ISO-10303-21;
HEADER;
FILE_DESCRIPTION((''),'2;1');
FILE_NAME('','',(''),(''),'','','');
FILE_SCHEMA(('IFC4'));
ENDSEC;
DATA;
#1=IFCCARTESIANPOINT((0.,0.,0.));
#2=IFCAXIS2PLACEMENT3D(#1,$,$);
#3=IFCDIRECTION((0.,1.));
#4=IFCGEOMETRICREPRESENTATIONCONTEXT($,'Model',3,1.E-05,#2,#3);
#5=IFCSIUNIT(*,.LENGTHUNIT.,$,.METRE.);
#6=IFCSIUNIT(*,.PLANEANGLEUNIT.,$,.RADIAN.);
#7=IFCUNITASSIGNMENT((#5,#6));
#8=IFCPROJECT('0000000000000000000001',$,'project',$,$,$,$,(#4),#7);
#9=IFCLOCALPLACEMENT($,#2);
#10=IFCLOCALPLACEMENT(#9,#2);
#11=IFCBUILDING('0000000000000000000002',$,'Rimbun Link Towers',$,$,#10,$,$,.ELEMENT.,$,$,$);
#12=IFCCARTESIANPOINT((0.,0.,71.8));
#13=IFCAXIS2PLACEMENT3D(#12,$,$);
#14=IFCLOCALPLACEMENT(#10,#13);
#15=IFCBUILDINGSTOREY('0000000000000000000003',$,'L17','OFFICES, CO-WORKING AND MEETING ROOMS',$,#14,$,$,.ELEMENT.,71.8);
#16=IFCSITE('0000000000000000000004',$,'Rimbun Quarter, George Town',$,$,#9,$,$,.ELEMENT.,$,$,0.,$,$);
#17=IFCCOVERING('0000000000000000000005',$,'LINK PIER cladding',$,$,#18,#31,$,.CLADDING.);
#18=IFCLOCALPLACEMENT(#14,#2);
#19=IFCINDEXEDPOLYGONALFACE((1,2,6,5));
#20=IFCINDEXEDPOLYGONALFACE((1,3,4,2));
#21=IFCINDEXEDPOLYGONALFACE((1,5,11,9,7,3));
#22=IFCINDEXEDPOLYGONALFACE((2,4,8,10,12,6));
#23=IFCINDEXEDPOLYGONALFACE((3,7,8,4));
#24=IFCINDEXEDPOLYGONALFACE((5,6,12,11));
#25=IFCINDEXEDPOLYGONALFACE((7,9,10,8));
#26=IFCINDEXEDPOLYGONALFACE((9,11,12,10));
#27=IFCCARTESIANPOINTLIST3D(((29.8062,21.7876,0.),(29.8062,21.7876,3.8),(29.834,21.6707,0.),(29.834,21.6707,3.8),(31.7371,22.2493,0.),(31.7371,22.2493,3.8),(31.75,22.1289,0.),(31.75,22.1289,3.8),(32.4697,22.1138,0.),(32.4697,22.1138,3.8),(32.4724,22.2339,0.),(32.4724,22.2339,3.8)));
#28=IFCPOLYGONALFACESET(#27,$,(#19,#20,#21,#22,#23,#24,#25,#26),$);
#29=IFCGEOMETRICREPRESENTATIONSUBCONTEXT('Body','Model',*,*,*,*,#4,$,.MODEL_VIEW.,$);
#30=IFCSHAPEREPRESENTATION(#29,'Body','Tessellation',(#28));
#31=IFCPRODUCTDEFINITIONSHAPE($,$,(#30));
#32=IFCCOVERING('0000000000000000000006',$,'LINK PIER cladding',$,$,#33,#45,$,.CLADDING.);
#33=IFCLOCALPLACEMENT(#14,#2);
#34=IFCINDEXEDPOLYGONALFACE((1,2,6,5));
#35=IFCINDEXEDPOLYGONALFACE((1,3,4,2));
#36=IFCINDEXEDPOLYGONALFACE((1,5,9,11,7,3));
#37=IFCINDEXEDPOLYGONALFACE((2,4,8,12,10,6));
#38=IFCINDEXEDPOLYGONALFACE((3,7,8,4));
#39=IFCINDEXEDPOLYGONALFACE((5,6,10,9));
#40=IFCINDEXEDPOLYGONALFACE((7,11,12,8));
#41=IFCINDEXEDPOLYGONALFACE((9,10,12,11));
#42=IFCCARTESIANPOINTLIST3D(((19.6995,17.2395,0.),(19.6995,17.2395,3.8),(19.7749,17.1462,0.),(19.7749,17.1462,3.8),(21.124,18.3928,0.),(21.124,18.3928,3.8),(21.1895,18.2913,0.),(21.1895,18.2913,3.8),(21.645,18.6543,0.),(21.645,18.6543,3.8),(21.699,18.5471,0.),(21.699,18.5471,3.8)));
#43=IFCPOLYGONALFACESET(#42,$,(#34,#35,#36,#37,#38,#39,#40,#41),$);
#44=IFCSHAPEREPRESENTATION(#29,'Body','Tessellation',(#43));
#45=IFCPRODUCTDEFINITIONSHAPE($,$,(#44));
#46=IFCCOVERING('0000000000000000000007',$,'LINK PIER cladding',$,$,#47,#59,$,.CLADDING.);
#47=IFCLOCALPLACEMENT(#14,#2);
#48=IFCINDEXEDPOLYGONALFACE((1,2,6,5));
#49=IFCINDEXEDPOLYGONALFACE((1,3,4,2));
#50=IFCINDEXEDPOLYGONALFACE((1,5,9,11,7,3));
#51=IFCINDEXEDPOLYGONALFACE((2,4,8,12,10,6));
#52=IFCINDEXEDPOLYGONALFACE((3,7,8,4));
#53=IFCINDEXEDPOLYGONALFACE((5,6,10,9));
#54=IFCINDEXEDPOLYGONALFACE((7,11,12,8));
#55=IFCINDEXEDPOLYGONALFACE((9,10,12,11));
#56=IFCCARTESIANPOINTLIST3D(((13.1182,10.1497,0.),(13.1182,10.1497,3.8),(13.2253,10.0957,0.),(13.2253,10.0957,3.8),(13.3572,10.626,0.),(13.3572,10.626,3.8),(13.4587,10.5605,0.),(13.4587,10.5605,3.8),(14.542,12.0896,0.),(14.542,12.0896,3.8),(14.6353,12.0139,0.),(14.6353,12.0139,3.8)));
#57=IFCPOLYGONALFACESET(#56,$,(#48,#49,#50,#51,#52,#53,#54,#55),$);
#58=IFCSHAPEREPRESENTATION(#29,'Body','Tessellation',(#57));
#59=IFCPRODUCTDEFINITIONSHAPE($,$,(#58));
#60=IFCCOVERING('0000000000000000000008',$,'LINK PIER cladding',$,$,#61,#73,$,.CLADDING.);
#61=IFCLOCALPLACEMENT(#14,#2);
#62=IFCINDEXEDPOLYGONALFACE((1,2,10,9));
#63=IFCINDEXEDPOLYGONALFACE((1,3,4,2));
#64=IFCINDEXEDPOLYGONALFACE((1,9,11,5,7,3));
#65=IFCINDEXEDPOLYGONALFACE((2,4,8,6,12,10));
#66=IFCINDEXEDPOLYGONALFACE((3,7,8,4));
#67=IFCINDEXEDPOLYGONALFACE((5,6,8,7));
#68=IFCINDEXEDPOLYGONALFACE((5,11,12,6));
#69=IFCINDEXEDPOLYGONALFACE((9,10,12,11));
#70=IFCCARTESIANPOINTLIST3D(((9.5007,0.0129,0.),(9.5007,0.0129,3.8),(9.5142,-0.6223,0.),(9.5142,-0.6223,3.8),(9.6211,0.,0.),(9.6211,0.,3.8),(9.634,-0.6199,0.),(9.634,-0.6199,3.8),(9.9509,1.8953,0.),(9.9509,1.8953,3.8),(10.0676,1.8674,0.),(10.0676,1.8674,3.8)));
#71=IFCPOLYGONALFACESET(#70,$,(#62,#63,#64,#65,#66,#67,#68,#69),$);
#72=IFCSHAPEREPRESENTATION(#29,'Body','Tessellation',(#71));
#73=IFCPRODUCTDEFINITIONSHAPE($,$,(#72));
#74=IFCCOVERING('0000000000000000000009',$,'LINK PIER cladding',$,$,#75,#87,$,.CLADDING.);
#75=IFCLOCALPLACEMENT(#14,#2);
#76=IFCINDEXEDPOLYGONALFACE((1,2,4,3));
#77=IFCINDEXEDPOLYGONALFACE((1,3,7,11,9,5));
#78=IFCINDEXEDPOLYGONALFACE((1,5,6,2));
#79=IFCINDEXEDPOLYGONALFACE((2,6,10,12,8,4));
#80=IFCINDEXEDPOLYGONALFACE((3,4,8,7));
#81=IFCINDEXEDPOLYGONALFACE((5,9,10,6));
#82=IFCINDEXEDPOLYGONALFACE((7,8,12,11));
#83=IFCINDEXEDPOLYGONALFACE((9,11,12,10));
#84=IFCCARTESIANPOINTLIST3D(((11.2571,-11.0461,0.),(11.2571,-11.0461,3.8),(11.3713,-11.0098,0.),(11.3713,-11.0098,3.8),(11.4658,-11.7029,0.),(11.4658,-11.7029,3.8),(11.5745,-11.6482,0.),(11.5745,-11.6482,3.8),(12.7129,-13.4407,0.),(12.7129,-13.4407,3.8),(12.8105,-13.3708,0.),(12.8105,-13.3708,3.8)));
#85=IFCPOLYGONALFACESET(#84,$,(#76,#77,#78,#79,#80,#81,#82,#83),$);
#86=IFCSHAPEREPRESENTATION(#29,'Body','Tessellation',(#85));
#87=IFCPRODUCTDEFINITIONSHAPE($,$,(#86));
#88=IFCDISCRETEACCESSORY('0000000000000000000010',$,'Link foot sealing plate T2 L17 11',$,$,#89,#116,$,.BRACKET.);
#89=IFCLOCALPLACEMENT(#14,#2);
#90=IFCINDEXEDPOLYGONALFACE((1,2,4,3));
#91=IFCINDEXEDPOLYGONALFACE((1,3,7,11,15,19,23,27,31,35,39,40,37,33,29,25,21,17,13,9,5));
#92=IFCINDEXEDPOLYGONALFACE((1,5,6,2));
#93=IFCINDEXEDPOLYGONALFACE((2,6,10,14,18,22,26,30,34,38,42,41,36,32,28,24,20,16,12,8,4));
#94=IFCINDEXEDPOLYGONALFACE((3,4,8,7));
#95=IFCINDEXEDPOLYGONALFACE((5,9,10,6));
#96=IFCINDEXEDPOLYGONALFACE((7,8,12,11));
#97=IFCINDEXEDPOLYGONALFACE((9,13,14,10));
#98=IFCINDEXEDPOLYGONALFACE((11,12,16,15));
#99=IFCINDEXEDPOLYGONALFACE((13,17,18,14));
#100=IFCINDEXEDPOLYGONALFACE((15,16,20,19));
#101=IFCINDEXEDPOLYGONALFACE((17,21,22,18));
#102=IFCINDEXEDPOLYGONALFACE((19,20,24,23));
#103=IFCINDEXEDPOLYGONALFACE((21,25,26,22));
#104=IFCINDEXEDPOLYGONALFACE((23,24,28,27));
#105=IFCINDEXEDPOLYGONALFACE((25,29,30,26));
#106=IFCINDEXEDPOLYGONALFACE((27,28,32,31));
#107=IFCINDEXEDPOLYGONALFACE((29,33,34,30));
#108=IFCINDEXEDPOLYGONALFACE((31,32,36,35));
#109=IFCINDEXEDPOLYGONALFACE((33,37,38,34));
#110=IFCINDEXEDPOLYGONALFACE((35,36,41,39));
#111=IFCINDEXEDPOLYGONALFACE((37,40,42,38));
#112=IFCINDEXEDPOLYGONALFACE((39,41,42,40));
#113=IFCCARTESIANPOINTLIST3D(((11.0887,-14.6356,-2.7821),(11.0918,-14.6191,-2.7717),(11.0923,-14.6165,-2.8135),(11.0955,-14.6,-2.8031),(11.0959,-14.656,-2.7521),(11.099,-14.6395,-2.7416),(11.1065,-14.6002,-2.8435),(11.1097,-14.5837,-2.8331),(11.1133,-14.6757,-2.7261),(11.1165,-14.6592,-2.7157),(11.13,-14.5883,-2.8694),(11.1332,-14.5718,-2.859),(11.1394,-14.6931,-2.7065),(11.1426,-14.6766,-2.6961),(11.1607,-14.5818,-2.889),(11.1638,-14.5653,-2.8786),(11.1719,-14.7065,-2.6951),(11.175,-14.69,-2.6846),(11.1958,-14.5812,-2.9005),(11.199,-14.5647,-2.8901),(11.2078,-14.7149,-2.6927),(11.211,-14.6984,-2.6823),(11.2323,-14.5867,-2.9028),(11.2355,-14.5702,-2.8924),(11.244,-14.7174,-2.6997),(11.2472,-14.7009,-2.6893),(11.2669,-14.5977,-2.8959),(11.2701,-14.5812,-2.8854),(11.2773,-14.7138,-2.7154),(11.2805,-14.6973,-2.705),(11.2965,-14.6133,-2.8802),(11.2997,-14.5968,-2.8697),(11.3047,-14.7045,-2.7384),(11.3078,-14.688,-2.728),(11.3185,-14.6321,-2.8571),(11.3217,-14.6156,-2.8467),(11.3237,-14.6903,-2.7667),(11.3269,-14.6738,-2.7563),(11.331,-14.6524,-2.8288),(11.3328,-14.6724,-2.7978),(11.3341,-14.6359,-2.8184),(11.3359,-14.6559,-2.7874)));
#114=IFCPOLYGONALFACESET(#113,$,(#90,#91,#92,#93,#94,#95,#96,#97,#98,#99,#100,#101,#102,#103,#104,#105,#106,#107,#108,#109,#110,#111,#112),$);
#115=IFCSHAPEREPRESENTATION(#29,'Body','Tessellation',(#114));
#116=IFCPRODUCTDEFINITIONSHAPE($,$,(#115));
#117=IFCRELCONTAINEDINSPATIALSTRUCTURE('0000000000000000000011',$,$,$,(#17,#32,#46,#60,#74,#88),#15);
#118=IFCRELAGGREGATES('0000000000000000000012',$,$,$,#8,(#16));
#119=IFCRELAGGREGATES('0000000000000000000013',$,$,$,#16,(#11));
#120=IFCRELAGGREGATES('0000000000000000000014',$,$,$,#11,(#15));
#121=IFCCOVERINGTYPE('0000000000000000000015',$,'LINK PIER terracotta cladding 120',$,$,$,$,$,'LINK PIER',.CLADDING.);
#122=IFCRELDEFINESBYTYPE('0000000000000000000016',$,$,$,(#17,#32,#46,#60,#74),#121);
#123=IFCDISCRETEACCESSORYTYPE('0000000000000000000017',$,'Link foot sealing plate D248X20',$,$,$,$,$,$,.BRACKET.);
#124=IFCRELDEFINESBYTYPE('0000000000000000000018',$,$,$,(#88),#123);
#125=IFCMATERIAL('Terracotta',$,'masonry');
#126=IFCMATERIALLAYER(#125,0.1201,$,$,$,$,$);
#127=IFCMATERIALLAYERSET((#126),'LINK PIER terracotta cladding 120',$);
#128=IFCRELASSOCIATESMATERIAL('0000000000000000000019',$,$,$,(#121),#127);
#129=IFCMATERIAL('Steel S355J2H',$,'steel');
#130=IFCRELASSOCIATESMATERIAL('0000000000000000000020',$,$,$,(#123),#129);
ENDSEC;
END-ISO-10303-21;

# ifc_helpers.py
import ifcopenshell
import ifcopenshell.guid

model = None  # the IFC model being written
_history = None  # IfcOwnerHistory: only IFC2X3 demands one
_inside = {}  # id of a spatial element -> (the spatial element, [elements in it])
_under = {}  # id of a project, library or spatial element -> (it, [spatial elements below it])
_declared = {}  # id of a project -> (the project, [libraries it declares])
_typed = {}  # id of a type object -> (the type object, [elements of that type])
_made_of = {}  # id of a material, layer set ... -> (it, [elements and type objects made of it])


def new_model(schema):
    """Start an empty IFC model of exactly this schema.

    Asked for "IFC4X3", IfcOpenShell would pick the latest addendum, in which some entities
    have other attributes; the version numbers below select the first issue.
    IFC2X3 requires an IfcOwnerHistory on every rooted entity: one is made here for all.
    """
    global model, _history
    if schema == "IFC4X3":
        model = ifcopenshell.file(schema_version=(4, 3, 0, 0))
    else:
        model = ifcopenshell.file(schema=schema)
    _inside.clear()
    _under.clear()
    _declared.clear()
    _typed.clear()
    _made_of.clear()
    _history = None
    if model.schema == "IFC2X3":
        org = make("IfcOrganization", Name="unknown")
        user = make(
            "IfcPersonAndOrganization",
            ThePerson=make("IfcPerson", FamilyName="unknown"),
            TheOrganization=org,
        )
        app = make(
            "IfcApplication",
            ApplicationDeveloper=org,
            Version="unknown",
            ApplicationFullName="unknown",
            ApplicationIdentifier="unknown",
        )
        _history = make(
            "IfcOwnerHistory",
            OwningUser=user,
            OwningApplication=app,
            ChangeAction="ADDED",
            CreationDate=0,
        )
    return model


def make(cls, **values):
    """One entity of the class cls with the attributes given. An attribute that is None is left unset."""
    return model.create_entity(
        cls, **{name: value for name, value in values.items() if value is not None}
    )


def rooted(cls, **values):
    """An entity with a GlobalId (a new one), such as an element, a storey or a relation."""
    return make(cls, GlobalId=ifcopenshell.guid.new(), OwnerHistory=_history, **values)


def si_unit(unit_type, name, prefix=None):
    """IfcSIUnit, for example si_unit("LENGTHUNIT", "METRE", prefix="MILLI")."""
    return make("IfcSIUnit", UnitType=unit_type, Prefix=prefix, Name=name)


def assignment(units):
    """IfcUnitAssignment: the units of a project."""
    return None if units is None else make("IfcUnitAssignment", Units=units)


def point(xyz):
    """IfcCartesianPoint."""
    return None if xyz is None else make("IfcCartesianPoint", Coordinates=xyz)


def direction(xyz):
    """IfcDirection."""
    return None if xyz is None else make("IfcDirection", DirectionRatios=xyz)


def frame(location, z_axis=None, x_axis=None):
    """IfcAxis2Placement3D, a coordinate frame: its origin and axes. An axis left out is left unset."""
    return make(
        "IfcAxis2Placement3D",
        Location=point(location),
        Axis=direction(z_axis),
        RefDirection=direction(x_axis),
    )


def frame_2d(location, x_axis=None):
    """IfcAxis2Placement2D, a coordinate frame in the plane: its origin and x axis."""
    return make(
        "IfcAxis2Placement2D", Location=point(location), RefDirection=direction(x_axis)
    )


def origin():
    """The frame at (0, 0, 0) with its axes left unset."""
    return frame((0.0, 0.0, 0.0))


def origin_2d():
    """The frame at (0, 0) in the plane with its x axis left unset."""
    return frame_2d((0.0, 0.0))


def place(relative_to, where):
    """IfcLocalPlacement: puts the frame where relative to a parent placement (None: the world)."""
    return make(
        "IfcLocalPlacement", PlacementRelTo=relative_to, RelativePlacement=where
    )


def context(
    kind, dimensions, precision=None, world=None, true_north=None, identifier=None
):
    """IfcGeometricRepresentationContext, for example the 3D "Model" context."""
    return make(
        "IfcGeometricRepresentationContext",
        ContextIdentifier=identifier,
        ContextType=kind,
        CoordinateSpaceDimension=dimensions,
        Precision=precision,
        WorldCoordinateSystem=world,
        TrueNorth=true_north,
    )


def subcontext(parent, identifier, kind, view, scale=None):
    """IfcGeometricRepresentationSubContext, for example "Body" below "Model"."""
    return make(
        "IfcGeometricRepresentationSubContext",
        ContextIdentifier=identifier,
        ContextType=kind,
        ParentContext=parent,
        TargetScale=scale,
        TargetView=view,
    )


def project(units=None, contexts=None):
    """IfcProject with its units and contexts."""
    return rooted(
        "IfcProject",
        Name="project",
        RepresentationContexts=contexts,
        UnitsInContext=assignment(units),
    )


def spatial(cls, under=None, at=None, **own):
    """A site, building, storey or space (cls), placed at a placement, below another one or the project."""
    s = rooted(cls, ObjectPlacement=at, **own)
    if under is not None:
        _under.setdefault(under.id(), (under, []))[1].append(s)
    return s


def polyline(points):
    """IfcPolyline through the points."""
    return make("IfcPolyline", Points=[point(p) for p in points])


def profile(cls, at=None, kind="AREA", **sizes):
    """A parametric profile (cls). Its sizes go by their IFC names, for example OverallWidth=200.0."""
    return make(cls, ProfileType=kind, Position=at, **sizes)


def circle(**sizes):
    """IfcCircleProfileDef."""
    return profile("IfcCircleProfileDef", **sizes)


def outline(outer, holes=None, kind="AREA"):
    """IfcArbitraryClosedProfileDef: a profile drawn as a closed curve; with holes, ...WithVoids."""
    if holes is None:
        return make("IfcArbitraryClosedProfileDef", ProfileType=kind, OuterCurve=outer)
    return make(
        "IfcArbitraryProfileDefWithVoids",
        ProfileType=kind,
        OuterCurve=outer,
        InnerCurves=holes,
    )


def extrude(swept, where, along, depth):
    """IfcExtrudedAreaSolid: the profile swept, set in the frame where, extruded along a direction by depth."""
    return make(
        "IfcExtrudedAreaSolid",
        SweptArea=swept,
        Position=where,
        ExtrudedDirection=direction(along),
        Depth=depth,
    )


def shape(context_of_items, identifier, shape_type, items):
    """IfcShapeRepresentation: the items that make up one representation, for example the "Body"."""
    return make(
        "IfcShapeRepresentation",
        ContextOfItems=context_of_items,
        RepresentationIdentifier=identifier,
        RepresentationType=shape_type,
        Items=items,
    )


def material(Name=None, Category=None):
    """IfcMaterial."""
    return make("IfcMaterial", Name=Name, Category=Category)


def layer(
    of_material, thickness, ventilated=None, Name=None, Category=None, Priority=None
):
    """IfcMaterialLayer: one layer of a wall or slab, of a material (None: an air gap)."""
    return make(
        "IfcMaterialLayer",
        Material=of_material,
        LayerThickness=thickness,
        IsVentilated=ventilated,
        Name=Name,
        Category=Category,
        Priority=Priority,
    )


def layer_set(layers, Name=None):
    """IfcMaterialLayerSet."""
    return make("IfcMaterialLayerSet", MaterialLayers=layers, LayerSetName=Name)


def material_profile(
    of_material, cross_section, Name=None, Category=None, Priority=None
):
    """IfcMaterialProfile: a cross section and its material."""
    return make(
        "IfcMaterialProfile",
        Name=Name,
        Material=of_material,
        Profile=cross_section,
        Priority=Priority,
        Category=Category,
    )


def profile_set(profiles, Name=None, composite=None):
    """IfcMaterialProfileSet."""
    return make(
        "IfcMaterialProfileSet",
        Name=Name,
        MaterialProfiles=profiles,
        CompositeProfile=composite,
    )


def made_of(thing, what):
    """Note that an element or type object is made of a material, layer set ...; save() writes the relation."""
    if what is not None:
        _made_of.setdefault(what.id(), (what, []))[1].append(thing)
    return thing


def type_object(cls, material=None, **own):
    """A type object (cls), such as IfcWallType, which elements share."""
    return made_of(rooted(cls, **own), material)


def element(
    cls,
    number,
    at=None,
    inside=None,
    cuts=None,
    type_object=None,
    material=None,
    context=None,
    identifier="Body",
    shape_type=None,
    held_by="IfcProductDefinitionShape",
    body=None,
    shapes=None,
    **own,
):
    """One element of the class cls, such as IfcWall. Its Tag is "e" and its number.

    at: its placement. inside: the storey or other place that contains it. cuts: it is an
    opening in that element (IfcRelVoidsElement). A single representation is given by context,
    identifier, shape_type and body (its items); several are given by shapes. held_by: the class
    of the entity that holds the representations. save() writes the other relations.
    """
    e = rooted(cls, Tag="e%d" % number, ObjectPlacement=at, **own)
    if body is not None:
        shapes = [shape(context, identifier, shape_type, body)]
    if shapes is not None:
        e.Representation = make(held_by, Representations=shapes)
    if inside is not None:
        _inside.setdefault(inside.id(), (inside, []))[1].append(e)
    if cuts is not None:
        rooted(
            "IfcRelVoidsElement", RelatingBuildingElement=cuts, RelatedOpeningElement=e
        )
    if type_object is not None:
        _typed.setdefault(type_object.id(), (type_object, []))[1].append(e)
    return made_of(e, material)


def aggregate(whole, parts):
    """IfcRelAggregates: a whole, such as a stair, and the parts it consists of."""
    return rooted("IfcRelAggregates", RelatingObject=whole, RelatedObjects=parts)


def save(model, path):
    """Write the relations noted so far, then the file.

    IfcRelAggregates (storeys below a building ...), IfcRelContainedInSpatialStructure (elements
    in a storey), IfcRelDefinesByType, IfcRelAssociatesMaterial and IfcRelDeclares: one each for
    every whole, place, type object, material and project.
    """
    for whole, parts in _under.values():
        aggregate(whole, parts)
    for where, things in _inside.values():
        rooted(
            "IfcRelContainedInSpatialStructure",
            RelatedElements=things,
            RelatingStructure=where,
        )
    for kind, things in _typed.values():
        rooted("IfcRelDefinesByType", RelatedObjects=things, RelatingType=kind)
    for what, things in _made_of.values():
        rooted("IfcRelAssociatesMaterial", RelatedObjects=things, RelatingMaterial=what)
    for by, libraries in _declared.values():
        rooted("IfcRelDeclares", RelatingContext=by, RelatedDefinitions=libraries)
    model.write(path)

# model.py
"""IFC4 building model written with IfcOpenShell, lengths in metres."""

from ifc_helpers import new_model, si_unit, direction, frame, origin, origin_2d, place, context, subcontext, project, spatial, polyline, circle, outline, extrude, material, layer, layer_set, material_profile, profile_set, type_object, element, save


model = new_model("IFC4")

# Units and contexts
model_context = context("Model", 3, precision=1e-05, world=origin(), true_north=direction((0.0, 1.0)))
body_context = subcontext(model_context, "Body", "Model", "MODEL_VIEW")
ifc_project = project(units=[si_unit("LENGTHUNIT", "METRE"), si_unit("PLANEANGLEUNIT", "RADIAN")], contexts=[model_context])

# Site, building, storey
site_placement = place(None, origin())
site = spatial("IfcSite", under=ifc_project, at=site_placement, Name="Rimbun Quarter, George Town", CompositionType="ELEMENT", RefElevation=0.0)
building_placement = place(site_placement, origin())
building = spatial("IfcBuilding", under=site, at=building_placement, Name="Rimbun Link Towers", CompositionType="ELEMENT")
storey_placement = place(building_placement, frame((0.0, 0.0, 71.8)))
storey = spatial("IfcBuildingStorey", under=building, at=storey_placement, Name="L17", Description="OFFICES, CO-WORKING AND MEETING ROOMS", CompositionType="ELEMENT", Elevation=71.8)

# Coverings
ifc_material_1 = material(Name="Terracotta", Category="masonry")
ifc_layer_1 = layer(ifc_material_1, 0.1201)
ifc_layer_set_1 = layer_set([ifc_layer_1], Name="LINK PIER terracotta cladding 120")
covering_type_1 = type_object("IfcCoveringType", Name="LINK PIER terracotta cladding 120", ElementType="LINK PIER", PredefinedType="CLADDING", material=ifc_layer_set_1)
covering_1_placement = place(storey_placement, origin())
element("IfcCovering", 1, at=covering_1_placement, inside=storey, type_object=covering_type_1, Name="LINK PIER cladding", PredefinedType="CLADDING", context=body_context, shape_type="SweptSolid", body=[
    extrude(outline(polyline([(29.834, 21.6707), (31.75, 22.1289), (32.4697, 22.1138), (32.4724, 22.2339), (31.7371, 22.2493), (29.8062, 21.7876), (29.834, 21.6707)])), origin(), (0.0, 0.0, 1.0), 3.8),
])
covering_2_placement = place(storey_placement, origin())
element("IfcCovering", 2, at=covering_2_placement, inside=storey, type_object=covering_type_1, Name="LINK PIER cladding", PredefinedType="CLADDING", context=body_context, shape_type="SweptSolid", body=[
    extrude(outline(polyline([(19.7749, 17.1462), (21.1895, 18.2913), (21.699, 18.5471), (21.645, 18.6543), (21.124, 18.3928), (19.6995, 17.2395), (19.7749, 17.1462)])), origin(), (0.0, 0.0, 1.0), 3.8),
])
covering_3_placement = place(storey_placement, origin())
element("IfcCovering", 3, at=covering_3_placement, inside=storey, type_object=covering_type_1, Name="LINK PIER cladding", PredefinedType="CLADDING", context=body_context, shape_type="SweptSolid", body=[
    extrude(outline(polyline([(13.2253, 10.0957), (13.4587, 10.5605), (14.6353, 12.0139), (14.542, 12.0896), (13.3572, 10.626), (13.1182, 10.1497), (13.2253, 10.0957)])), origin(), (0.0, 0.0, 1.0), 3.8),
])
covering_4_placement = place(storey_placement, origin())
element("IfcCovering", 4, at=covering_4_placement, inside=storey, type_object=covering_type_1, Name="LINK PIER cladding", PredefinedType="CLADDING", context=body_context, shape_type="SweptSolid", body=[
    extrude(outline(polyline([(9.634, -0.6199), (9.6211, 0.0), (10.0676, 1.8674), (9.9509, 1.8953), (9.5007, 0.0129), (9.5142, -0.6223), (9.634, -0.6199)])), origin(), (0.0, 0.0, 1.0), 3.8),
])
covering_5_placement = place(storey_placement, origin())
element("IfcCovering", 5, at=covering_5_placement, inside=storey, type_object=covering_type_1, Name="LINK PIER cladding", PredefinedType="CLADDING", context=body_context, shape_type="SweptSolid", body=[
    extrude(outline(polyline([(12.8105, -13.3708), (11.5745, -11.6482), (11.3713, -11.0098), (11.2571, -11.0461), (11.4658, -11.7029), (12.7129, -13.4407), (12.8105, -13.3708)])), origin(), (0.0, 0.0, 1.0), 3.8),
])

# Discrete accessory
ifc_material_2 = material(Name="Steel S355J2H", Category="steel")
ifc_material_profile_1 = material_profile(ifc_material_2, circle(Radius=0.124, at=origin_2d()), Name="PL D248")
ifc_profile_set_1 = profile_set([ifc_material_profile_1], Name="Steel S355J2H")
discrete_accessory_type = type_object("IfcDiscreteAccessoryType", Name="Link foot sealing plate D248X20", PredefinedType="BRACKET", material=ifc_profile_set_1)
discrete_accessory_placement = place(storey_placement, frame((11.2141, -14.6326, -2.7874), z_axis=(-0.159512, -0.834372, -0.527617), x_axis=(0.982212, -0.187776, 0.0)))
element("IfcDiscreteAccessory", 6, at=discrete_accessory_placement, inside=storey, type_object=discrete_accessory_type, Name="Link foot sealing plate T2 L17 11", PredefinedType="BRACKET", context=body_context, shape_type="SweptSolid", body=[
    extrude(circle(Radius=0.124, at=origin_2d()), origin(), (0.0, 0.0, 1.0), 0.0198),
])

save(model, "model.ifc")
